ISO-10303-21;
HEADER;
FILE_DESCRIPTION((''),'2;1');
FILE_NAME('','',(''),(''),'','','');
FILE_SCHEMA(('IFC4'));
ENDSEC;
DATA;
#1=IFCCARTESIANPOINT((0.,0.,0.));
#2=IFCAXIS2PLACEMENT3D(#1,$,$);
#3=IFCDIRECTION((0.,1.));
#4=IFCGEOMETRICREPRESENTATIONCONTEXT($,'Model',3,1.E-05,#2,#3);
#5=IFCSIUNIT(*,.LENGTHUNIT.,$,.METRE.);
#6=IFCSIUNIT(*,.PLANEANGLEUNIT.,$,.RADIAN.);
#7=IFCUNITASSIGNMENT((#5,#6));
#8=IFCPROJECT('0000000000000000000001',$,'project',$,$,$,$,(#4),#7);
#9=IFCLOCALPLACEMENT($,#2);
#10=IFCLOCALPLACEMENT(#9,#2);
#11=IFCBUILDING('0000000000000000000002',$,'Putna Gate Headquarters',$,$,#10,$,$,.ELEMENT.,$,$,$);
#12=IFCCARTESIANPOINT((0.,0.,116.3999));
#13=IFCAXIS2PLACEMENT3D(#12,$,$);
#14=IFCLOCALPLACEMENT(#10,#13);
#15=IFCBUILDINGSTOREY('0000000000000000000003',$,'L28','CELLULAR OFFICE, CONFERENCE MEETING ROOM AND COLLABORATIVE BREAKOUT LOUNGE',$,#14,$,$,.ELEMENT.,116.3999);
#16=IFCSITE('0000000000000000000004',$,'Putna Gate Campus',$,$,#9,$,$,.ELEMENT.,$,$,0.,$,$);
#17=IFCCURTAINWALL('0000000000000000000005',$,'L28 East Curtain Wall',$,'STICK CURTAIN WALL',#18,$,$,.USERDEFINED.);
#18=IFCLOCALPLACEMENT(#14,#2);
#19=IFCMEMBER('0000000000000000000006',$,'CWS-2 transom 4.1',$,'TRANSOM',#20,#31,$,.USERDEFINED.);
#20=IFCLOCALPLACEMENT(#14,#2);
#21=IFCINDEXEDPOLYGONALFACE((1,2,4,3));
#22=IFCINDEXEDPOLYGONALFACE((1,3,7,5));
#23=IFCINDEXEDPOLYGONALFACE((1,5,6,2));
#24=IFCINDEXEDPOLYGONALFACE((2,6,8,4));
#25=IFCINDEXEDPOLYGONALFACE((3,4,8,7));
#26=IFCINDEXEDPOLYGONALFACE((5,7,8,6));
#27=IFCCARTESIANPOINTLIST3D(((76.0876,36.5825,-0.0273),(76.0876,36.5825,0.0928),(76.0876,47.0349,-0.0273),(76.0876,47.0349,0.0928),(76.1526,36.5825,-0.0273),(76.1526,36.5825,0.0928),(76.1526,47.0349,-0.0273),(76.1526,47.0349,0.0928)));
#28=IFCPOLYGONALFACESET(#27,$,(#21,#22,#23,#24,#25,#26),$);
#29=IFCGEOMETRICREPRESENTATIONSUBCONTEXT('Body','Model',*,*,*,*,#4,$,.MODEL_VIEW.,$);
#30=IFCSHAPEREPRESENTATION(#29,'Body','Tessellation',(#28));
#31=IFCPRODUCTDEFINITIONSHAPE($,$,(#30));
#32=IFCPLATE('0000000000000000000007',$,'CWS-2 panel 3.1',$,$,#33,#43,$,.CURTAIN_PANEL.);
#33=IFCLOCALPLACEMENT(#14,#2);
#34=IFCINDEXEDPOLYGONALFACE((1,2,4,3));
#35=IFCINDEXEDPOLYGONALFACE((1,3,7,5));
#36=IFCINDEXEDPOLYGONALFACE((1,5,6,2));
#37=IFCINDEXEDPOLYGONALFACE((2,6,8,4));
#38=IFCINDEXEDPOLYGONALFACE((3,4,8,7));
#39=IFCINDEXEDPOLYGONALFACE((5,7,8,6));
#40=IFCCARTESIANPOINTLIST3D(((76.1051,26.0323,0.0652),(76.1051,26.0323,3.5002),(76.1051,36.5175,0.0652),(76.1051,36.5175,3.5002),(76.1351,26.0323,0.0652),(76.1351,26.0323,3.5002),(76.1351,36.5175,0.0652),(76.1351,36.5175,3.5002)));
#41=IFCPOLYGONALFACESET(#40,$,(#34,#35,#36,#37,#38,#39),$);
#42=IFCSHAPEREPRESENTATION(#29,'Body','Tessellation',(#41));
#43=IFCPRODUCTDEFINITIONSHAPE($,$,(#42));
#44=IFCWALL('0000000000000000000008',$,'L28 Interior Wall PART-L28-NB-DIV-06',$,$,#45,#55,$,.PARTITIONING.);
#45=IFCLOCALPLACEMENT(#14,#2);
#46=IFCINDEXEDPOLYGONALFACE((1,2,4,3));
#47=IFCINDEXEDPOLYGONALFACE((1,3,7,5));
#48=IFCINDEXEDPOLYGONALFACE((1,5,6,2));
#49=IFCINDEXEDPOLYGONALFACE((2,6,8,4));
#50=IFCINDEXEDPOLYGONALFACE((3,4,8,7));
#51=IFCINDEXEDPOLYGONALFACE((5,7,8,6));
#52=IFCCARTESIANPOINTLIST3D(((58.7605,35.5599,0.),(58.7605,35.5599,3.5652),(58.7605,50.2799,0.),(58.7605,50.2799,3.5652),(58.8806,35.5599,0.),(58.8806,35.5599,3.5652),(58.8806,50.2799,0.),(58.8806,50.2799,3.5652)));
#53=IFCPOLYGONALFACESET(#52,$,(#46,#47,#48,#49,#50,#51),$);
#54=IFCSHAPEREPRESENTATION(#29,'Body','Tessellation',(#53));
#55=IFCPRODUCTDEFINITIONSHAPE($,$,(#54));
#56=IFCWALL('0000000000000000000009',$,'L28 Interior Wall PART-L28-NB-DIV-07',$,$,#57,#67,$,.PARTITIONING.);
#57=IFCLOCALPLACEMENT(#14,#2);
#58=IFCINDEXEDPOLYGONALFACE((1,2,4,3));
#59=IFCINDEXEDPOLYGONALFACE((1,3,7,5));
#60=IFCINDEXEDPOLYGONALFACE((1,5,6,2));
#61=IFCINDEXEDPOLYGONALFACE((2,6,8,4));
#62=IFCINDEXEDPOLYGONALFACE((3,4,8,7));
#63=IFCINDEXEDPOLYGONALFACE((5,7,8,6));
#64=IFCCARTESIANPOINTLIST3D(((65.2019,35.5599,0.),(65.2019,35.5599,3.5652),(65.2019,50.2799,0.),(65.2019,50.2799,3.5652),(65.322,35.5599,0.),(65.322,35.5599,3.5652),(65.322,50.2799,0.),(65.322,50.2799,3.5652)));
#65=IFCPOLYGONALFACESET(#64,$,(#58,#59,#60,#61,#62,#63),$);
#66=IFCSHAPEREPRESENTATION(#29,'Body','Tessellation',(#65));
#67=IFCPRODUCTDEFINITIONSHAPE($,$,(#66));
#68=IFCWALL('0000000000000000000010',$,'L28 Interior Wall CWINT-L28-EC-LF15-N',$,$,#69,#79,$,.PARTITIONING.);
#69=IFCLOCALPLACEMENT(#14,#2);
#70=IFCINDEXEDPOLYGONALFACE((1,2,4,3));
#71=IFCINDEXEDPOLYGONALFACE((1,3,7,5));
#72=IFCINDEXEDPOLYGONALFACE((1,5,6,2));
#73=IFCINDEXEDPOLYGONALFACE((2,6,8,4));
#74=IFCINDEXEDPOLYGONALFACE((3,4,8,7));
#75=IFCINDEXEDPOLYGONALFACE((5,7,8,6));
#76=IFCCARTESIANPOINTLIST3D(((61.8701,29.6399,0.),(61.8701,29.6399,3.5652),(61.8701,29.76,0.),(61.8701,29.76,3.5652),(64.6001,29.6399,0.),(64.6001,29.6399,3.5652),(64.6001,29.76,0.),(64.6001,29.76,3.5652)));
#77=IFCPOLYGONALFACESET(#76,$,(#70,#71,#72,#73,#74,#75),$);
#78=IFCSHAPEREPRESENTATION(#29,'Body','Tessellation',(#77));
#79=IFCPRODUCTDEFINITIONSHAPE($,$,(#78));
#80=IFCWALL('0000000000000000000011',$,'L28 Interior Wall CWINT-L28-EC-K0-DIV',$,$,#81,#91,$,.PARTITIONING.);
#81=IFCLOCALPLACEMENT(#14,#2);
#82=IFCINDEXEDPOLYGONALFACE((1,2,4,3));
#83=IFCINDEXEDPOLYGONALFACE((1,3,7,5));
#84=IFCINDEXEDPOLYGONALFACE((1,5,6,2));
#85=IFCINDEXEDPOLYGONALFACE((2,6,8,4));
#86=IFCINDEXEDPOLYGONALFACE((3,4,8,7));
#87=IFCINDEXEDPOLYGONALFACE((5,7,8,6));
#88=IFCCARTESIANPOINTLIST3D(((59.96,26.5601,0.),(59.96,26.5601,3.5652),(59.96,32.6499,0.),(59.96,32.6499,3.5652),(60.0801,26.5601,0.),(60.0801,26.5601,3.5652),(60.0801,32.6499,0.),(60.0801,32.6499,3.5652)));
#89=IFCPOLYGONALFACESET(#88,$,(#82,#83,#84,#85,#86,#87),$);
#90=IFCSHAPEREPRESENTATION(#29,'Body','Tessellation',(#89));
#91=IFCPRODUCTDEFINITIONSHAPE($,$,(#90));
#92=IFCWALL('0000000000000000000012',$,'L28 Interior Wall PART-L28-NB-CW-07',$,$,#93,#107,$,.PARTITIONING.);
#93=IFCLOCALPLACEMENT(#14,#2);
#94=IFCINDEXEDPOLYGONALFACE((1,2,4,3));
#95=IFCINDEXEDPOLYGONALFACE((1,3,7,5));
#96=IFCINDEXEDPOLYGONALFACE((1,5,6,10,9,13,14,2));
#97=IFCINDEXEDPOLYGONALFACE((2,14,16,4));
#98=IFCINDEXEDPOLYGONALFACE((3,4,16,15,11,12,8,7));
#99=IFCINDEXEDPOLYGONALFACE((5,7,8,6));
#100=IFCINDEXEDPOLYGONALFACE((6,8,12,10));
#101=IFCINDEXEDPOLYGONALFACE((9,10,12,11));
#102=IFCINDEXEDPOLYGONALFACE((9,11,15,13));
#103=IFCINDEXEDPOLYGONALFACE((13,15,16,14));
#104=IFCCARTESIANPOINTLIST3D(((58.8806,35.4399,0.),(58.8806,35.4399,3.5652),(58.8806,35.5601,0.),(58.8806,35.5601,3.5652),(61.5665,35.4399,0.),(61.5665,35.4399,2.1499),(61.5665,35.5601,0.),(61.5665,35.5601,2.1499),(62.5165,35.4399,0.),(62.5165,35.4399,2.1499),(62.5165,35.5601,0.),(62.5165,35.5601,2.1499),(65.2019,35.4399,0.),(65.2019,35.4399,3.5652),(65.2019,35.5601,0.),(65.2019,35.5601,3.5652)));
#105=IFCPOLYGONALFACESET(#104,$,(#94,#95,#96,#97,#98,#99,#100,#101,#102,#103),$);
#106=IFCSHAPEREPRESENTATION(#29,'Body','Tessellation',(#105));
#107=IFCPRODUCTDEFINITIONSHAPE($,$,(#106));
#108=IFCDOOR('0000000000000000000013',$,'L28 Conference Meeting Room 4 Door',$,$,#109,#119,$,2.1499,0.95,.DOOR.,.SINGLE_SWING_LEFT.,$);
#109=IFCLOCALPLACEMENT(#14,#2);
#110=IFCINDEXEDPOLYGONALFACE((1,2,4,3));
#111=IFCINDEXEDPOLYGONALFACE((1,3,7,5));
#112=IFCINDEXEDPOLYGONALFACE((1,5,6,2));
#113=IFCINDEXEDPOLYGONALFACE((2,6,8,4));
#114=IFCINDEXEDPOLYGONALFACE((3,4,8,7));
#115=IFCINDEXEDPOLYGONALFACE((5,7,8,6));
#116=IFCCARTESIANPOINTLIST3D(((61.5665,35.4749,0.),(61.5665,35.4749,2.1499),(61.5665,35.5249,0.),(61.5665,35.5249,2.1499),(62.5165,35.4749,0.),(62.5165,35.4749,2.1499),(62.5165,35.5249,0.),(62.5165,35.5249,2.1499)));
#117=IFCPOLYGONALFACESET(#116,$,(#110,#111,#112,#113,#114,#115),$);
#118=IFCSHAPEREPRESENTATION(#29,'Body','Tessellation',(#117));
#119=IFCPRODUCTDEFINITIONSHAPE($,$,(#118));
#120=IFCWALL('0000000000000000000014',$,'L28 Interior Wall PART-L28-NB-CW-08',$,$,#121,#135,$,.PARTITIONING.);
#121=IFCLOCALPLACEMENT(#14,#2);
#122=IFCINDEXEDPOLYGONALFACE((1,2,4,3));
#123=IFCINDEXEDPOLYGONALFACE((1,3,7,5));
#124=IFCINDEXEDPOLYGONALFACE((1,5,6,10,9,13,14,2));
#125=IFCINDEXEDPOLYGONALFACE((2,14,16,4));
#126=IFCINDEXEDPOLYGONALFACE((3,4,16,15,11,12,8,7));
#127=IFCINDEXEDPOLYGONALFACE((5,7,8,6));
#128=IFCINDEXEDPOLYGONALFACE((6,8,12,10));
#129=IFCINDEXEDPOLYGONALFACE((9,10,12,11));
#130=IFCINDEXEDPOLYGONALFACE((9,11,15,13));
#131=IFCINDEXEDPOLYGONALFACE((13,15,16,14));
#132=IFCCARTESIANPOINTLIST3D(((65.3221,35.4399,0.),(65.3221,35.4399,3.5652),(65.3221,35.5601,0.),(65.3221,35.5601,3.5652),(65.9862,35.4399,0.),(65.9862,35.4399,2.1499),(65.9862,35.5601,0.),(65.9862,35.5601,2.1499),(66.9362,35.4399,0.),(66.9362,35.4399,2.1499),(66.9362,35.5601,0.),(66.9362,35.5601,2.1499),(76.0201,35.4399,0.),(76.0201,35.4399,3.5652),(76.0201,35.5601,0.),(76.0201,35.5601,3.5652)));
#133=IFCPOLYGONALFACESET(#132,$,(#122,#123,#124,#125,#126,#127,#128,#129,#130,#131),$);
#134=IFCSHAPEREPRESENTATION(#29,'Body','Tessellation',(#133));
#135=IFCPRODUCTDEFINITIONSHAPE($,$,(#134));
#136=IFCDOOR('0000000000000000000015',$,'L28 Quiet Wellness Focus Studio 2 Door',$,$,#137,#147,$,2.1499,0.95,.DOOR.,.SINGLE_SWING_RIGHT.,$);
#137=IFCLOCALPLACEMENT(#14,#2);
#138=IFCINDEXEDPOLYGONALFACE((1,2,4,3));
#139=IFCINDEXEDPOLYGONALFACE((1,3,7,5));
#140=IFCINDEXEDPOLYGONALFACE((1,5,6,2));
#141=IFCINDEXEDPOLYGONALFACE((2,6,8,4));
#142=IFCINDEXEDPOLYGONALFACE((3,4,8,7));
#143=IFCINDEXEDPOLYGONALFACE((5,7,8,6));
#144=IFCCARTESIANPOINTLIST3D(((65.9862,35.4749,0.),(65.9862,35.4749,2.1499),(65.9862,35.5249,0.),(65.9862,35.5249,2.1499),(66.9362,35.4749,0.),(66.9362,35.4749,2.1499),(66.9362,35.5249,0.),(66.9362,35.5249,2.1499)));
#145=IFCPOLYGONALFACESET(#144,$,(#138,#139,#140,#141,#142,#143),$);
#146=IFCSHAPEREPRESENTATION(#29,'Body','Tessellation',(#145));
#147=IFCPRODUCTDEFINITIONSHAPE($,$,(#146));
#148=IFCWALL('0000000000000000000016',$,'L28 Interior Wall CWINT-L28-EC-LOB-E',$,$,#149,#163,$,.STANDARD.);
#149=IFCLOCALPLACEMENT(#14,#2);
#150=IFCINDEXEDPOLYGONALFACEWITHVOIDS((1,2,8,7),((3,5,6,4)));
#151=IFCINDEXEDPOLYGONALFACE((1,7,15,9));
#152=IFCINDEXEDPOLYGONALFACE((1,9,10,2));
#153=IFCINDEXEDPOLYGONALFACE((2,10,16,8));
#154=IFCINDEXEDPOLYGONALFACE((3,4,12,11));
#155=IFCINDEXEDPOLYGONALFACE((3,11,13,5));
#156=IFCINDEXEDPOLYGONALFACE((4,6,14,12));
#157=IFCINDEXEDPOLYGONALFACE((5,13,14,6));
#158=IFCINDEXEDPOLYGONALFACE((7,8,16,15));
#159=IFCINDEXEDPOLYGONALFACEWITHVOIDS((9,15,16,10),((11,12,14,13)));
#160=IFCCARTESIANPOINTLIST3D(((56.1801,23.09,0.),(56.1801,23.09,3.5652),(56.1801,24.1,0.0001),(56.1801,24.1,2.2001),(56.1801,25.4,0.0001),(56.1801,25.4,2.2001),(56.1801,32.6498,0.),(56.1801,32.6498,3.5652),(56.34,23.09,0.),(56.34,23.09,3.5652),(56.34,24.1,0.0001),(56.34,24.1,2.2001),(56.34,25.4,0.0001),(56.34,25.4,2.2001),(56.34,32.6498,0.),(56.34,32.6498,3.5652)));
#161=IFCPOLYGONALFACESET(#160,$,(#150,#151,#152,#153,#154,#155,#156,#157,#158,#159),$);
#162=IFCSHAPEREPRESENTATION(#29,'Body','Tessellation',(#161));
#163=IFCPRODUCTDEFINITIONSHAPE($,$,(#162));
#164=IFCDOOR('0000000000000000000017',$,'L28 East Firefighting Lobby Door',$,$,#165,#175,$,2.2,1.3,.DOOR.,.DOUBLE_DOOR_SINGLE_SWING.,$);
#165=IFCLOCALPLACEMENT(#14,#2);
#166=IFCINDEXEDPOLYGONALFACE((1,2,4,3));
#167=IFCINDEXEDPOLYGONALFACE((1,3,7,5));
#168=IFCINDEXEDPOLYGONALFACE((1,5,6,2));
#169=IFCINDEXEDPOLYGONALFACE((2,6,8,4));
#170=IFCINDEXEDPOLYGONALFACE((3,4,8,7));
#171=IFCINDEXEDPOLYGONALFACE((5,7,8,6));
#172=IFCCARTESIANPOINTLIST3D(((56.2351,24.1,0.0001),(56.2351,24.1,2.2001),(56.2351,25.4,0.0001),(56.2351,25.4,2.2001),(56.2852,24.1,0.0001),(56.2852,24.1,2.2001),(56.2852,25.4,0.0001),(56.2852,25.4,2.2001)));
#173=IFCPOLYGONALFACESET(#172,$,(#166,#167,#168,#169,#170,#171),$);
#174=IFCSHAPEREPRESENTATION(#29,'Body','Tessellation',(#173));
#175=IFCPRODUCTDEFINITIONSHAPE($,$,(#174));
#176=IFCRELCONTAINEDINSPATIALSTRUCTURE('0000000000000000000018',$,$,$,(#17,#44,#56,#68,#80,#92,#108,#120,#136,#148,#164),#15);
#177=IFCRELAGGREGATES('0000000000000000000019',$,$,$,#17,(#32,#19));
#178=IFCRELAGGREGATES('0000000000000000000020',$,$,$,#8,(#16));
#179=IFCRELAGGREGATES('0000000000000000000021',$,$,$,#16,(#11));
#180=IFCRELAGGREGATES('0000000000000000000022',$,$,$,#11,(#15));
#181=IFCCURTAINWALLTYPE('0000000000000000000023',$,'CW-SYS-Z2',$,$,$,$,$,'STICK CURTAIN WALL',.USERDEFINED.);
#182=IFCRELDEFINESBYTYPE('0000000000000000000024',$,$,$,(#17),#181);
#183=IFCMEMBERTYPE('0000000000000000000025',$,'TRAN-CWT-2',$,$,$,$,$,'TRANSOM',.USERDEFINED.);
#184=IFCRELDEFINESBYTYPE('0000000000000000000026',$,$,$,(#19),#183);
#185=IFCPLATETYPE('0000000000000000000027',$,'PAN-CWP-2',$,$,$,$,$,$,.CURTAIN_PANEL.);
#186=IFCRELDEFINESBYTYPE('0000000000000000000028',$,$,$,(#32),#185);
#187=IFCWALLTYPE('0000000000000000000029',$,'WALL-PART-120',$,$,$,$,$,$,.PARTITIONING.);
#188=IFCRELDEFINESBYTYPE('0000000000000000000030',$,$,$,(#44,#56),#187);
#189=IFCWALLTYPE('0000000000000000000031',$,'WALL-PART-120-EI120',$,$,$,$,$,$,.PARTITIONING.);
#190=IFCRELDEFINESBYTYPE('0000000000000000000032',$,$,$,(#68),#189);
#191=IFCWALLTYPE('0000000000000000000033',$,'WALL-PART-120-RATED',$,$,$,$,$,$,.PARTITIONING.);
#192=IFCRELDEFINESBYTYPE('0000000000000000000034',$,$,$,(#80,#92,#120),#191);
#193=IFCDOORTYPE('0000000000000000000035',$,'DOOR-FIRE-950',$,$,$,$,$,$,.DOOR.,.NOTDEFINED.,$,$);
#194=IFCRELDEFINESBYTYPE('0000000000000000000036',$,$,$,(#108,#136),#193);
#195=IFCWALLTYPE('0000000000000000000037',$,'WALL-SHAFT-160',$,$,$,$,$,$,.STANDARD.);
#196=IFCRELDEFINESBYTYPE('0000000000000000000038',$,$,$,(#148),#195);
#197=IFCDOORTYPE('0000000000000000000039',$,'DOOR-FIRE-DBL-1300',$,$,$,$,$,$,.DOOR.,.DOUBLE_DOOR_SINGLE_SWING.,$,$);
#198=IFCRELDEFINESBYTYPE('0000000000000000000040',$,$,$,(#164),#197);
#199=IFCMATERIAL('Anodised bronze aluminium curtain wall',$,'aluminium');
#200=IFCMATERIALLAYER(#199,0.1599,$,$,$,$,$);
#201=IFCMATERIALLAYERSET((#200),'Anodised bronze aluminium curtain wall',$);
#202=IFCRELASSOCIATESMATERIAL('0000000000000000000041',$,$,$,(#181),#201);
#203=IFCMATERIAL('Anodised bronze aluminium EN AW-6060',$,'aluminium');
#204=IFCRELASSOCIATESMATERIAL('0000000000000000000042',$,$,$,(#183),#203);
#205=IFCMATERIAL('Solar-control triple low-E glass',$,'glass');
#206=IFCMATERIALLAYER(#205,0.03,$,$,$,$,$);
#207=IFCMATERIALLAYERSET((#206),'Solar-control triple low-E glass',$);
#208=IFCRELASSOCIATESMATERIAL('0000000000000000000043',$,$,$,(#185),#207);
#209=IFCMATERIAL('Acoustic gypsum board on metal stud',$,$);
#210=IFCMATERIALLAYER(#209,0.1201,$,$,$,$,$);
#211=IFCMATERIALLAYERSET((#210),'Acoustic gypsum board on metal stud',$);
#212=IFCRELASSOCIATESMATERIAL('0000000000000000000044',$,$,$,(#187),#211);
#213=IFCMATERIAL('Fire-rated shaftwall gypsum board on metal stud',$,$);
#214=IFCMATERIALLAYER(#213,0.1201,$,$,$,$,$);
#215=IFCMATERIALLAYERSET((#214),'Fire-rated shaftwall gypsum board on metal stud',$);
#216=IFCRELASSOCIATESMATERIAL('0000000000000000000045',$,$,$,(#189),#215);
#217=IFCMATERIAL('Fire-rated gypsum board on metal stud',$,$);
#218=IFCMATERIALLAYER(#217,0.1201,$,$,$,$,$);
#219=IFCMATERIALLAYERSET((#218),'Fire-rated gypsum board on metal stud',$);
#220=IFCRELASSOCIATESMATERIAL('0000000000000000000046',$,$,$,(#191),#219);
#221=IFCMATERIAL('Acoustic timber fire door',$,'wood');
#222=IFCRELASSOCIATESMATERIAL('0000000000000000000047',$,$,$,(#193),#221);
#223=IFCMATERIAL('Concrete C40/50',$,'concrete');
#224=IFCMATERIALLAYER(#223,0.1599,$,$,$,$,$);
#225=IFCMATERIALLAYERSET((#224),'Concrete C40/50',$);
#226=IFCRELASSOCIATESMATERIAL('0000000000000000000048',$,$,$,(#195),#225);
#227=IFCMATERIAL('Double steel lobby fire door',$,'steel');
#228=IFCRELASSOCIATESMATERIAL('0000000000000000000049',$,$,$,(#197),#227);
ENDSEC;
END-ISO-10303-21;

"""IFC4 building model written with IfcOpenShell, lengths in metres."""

from ifc_helpers import new_model, si_unit, direction, frame, frame_2d, origin, origin_2d, place, context, subcontext, project, spatial, rectangle, extrude, material, layer, layer_set, material_profile, profile_set, type_object, element, fill, aggregate, save


model = new_model("IFC4")

# Units and contexts
model_context = context("Model", 3, precision=1e-05, world=origin(), true_north=direction((0.0, 1.0)))
body_context = subcontext(model_context, "Body", "Model", "MODEL_VIEW")
ifc_project = project(units=[si_unit("LENGTHUNIT", "METRE"), si_unit("PLANEANGLEUNIT", "RADIAN")], contexts=[model_context])

# Site, building, storey
site_placement = place(None, origin())
site = spatial("IfcSite", under=ifc_project, at=site_placement, Name="Putna Gate Campus", CompositionType="ELEMENT", RefElevation=0.0)
building_placement = place(site_placement, origin())
building = spatial("IfcBuilding", under=site, at=building_placement, Name="Putna Gate Headquarters", CompositionType="ELEMENT")
storey_placement = place(building_placement, frame((0.0, 0.0, 116.3999)))
storey = spatial("IfcBuildingStorey", under=building, at=storey_placement, Name="L28", Description="CELLULAR OFFICE, CONFERENCE MEETING ROOM AND COLLABORATIVE BREAKOUT LOUNGE", CompositionType="ELEMENT", Elevation=116.3999)

# Curtain wall, member, plate
ifc_material_1 = material(Name="Anodised bronze aluminium curtain wall", Category="aluminium")
ifc_layer_1 = layer(ifc_material_1, 0.1599)
ifc_layer_set_1 = layer_set([ifc_layer_1], Name="Anodised bronze aluminium curtain wall")
curtain_wall_type = type_object("IfcCurtainWallType", Name="CW-SYS-Z2", ElementType="STICK CURTAIN WALL", PredefinedType="USERDEFINED", material=ifc_layer_set_1)
curtain_wall_placement = place(storey_placement, origin())
curtain_wall = element("IfcCurtainWall", 1, at=curtain_wall_placement, inside=storey, type_object=curtain_wall_type, Name="L28 East Curtain Wall", ObjectType="STICK CURTAIN WALL", PredefinedType="USERDEFINED")
ifc_material_2 = material(Name="Anodised bronze aluminium EN AW-6060", Category="aluminium")
ifc_material_profile_1 = material_profile(ifc_material_2, rectangle(XDim=0.0649, YDim=0.1201, at=origin_2d()), Name="Anodised bronze aluminium EN AW-6060")
ifc_profile_set_1 = profile_set([ifc_material_profile_1], Name="Anodised bronze aluminium EN AW-6060")
member_type_1 = type_object("IfcMemberType", Name="TRAN-CWT-2", ElementType="TRANSOM", PredefinedType="USERDEFINED", material=ifc_profile_set_1)
member_1_placement = place(storey_placement, frame((76.1201, 36.5825, 0.0327), z_axis=(0.0, 1.0, 0.0), x_axis=(-1.0, 0.0, 0.0)))
member_1 = element("IfcMember", 2, at=member_1_placement, type_object=member_type_1, Name="CWS-2 transom 4.1", ObjectType="TRANSOM", PredefinedType="USERDEFINED", context=body_context, shape_type="SweptSolid", body=[
    extrude(rectangle(XDim=0.0649, YDim=0.1201, at=origin_2d()), origin(), (0.0, 0.0, 1.0), 10.4524),
])
ifc_material_3 = material(Name="Solar-control triple low-E glass", Category="glass")
ifc_layer_2 = layer(ifc_material_3, 0.03)
ifc_layer_set_2 = layer_set([ifc_layer_2], Name="Solar-control triple low-E glass")
plate_type = type_object("IfcPlateType", Name="PAN-CWP-2", PredefinedType="CURTAIN_PANEL", material=ifc_layer_set_2)
plate_placement = place(storey_placement, frame((76.1201, 31.2749, 0.0652), z_axis=(0.0, 0.0, 1.0), x_axis=(0.0, 1.0, 0.0)))
plate = element("IfcPlate", 3, at=plate_placement, type_object=plate_type, Name="CWS-2 panel 3.1", PredefinedType="CURTAIN_PANEL", context=body_context, shape_type="SweptSolid", body=[
    extrude(rectangle(XDim=10.4851, YDim=0.03, at=origin_2d()), origin(), (0.0, 0.0, 1.0), 3.4351),
])
aggregate(curtain_wall, [plate, member_1])

# Walls
ifc_material_4 = material(Name="Acoustic gypsum board on metal stud")
ifc_layer_3 = layer(ifc_material_4, 0.1201)
ifc_layer_set_3 = layer_set([ifc_layer_3], Name="Acoustic gypsum board on metal stud")
wall_type_1 = type_object("IfcWallType", Name="WALL-PART-120", PredefinedType="PARTITIONING", material=ifc_layer_set_3)
for number, where, z_axis, x_axis, name in (
    (4, (58.8206, 35.5601, 0.0), (0.0, 0.0, 1.0), (0.0, 1.0, 0.0), "L28 Interior Wall PART-L28-NB-DIV-06"),
    (5, (65.262, 35.5601, 0.0), (0.0, 0.0, 1.0), (0.0, 1.0, 0.0), "L28 Interior Wall PART-L28-NB-DIV-07"),
):
    element("IfcWall", number, at=place(storey_placement, frame(where, z_axis=z_axis, x_axis=x_axis)), inside=storey, type_object=wall_type_1, Name=name, PredefinedType="PARTITIONING", context=body_context, shape_type="SweptSolid", body=[
        extrude(rectangle(XDim=14.72, YDim=0.1201, at=frame_2d((7.3599, 0.0))), origin(), (0.0, 0.0, 1.0), 3.5652),
    ])
ifc_material_5 = material(Name="Fire-rated shaftwall gypsum board on metal stud")
ifc_layer_4 = layer(ifc_material_5, 0.1201)
ifc_layer_set_4 = layer_set([ifc_layer_4], Name="Fire-rated shaftwall gypsum board on metal stud")
wall_type_2 = type_object("IfcWallType", Name="WALL-PART-120-EI120", PredefinedType="PARTITIONING", material=ifc_layer_set_4)
wall_1_placement = place(storey_placement, frame((61.8701, 29.7, 0.0), z_axis=(0.0, 0.0, 1.0), x_axis=(1.0, 0.0, 0.0)))
element("IfcWall", 6, at=wall_1_placement, inside=storey, type_object=wall_type_2, Name="L28 Interior Wall CWINT-L28-EC-LF15-N", PredefinedType="PARTITIONING", context=body_context, shape_type="SweptSolid", body=[
    extrude(rectangle(XDim=2.73, YDim=0.1201, at=frame_2d((1.365, 0.0))), origin(), (0.0, 0.0, 1.0), 3.5652),
])
ifc_material_6 = material(Name="Fire-rated gypsum board on metal stud")
ifc_layer_5 = layer(ifc_material_6, 0.1201)
ifc_layer_set_5 = layer_set([ifc_layer_5], Name="Fire-rated gypsum board on metal stud")
wall_type_3 = type_object("IfcWallType", Name="WALL-PART-120-RATED", PredefinedType="PARTITIONING", material=ifc_layer_set_5)
wall_2_placement = place(storey_placement, frame((60.02, 26.5601, 0.0), z_axis=(0.0, 0.0, 1.0), x_axis=(0.0, 1.0, 0.0)))
element("IfcWall", 7, at=wall_2_placement, inside=storey, type_object=wall_type_3, Name="L28 Interior Wall CWINT-L28-EC-K0-DIV", PredefinedType="PARTITIONING", context=body_context, shape_type="SweptSolid", body=[
    extrude(rectangle(XDim=6.0898, YDim=0.1201, at=frame_2d((3.0449, 0.0))), origin(), (0.0, 0.0, 1.0), 3.5652),
])

# Walls, openings, doors
wall_3_placement = place(storey_placement, frame((58.8806, 35.5, 0.0), z_axis=(0.0, 0.0, 1.0), x_axis=(1.0, 0.0, 0.0)))
wall_3 = element("IfcWall", 8, at=wall_3_placement, inside=storey, type_object=wall_type_3, Name="L28 Interior Wall PART-L28-NB-CW-07", PredefinedType="PARTITIONING", context=body_context, shape_type="SweptSolid", body=[
    extrude(rectangle(XDim=6.3213, YDim=0.1201, at=frame_2d((3.1606, 0.0))), origin(), (0.0, 0.0, 1.0), 3.5652),
])
opening_1_placement = place(wall_3_placement, frame((2.6858, 0.0, 0.0)))
opening_1 = element("IfcOpeningElement", 9, at=opening_1_placement, cuts=wall_3, PredefinedType="OPENING", context=body_context, shape_type="SweptSolid", body=[
    extrude(rectangle(XDim=0.95, YDim=2.1499, at=frame_2d((0.4751, 1.075))), frame((0.0, 0.0701, 0.0), z_axis=(0.0, -1.0, 0.0), x_axis=(1.0, 0.0, 0.0)), (0.0, 0.0, 1.0), 0.1401),
])
ifc_material_7 = material(Name="Acoustic timber fire door", Category="wood")
door_type_1 = type_object("IfcDoorType", Name="DOOR-FIRE-950", OperationType="NOTDEFINED", PredefinedType="DOOR", material=ifc_material_7)
door_1_placement = place(opening_1_placement, origin())
door_1 = element("IfcDoor", 10, at=door_1_placement, inside=storey, type_object=door_type_1, Name="L28 Conference Meeting Room 4 Door", OperationType="SINGLE_SWING_LEFT", OverallHeight=2.1499, OverallWidth=0.95, PredefinedType="DOOR", context=body_context, shape_type="SweptSolid", body=[
    extrude(rectangle(XDim=0.95, YDim=2.1499, at=frame_2d((0.4751, 1.075))), frame((0.0, 0.0249, 0.0), z_axis=(0.0, -1.0, 0.0), x_axis=(1.0, 0.0, 0.0)), (0.0, 0.0, 1.0), 0.05),
])
fill(opening_1, door_1)
wall_4_placement = place(storey_placement, frame((65.322, 35.5, 0.0), z_axis=(0.0, 0.0, 1.0), x_axis=(1.0, 0.0, 0.0)))
wall_4 = element("IfcWall", 11, at=wall_4_placement, inside=storey, type_object=wall_type_3, Name="L28 Interior Wall PART-L28-NB-CW-08", PredefinedType="PARTITIONING", context=body_context, shape_type="SweptSolid", body=[
    extrude(rectangle(XDim=10.698, YDim=0.1201, at=frame_2d((5.3491, 0.0))), origin(), (0.0, 0.0, 1.0), 3.5652),
])
opening_2_placement = place(wall_4_placement, frame((0.6641, 0.0, 0.0)))
opening_2 = element("IfcOpeningElement", 12, at=opening_2_placement, cuts=wall_4, PredefinedType="OPENING", context=body_context, shape_type="SweptSolid", body=[
    extrude(rectangle(XDim=0.95, YDim=2.1499, at=frame_2d((0.4751, 1.075))), frame((0.0, 0.0701, 0.0), z_axis=(0.0, -1.0, 0.0), x_axis=(1.0, 0.0, 0.0)), (0.0, 0.0, 1.0), 0.1401),
])
door_2_placement = place(opening_2_placement, origin())
door_2 = element("IfcDoor", 13, at=door_2_placement, inside=storey, type_object=door_type_1, Name="L28 Quiet Wellness Focus Studio 2 Door", OperationType="SINGLE_SWING_RIGHT", OverallHeight=2.1499, OverallWidth=0.95, PredefinedType="DOOR", context=body_context, shape_type="SweptSolid", body=[
    extrude(rectangle(XDim=0.95, YDim=2.1499, at=frame_2d((0.4751, 1.075))), frame((0.0, 0.0249, 0.0), z_axis=(0.0, -1.0, 0.0), x_axis=(1.0, 0.0, 0.0)), (0.0, 0.0, 1.0), 0.05),
])
fill(opening_2, door_2)
ifc_material_8 = material(Name="Concrete C40/50", Category="concrete")
ifc_layer_6 = layer(ifc_material_8, 0.1599)
ifc_layer_set_6 = layer_set([ifc_layer_6], Name="Concrete C40/50")
wall_type_4 = type_object("IfcWallType", Name="WALL-SHAFT-160", PredefinedType="STANDARD", material=ifc_layer_set_6)
wall_5_placement = place(storey_placement, frame((56.26, 23.0901, 0.0), z_axis=(0.0, 0.0, 1.0), x_axis=(0.0, 1.0, 0.0)))
wall_5 = element("IfcWall", 14, at=wall_5_placement, inside=storey, type_object=wall_type_4, Name="L28 Interior Wall CWINT-L28-EC-LOB-E", PredefinedType="STANDARD", context=body_context, shape_type="SweptSolid", body=[
    extrude(rectangle(XDim=9.5598, YDim=0.1599, at=frame_2d((4.7798, 0.0))), origin(), (0.0, 0.0, 1.0), 3.5652),
])
opening_3_placement = place(wall_5_placement, frame((1.01, 0.0, 0.0)))
opening_3 = element("IfcOpeningElement", 15, at=opening_3_placement, cuts=wall_5, PredefinedType="OPENING", context=body_context, shape_type="SweptSolid", body=[
    extrude(rectangle(XDim=1.3, YDim=2.2, at=frame_2d((0.6499, 1.1001))), frame((0.0, 0.0898, 0.0), z_axis=(0.0, -1.0, 0.0), x_axis=(1.0, 0.0, 0.0)), (0.0, 0.0, 1.0), 0.1799),
])
ifc_material_9 = material(Name="Double steel lobby fire door", Category="steel")
door_type_2 = type_object("IfcDoorType", Name="DOOR-FIRE-DBL-1300", OperationType="DOUBLE_DOOR_SINGLE_SWING", PredefinedType="DOOR", material=ifc_material_9)
door_3_placement = place(opening_3_placement, origin())
door_3 = element("IfcDoor", 16, at=door_3_placement, inside=storey, type_object=door_type_2, Name="L28 East Firefighting Lobby Door", OperationType="DOUBLE_DOOR_SINGLE_SWING", OverallHeight=2.2, OverallWidth=1.3, PredefinedType="DOOR", context=body_context, shape_type="SweptSolid", body=[
    extrude(rectangle(XDim=1.3, YDim=2.2, at=frame_2d((0.6499, 1.1001))), frame((0.0, 0.0249, 0.0), z_axis=(0.0, -1.0, 0.0), x_axis=(1.0, 0.0, 0.0)), (0.0, 0.0, 1.0), 0.05),
])
fill(opening_3, door_3)

save(model, "model.ifc")
